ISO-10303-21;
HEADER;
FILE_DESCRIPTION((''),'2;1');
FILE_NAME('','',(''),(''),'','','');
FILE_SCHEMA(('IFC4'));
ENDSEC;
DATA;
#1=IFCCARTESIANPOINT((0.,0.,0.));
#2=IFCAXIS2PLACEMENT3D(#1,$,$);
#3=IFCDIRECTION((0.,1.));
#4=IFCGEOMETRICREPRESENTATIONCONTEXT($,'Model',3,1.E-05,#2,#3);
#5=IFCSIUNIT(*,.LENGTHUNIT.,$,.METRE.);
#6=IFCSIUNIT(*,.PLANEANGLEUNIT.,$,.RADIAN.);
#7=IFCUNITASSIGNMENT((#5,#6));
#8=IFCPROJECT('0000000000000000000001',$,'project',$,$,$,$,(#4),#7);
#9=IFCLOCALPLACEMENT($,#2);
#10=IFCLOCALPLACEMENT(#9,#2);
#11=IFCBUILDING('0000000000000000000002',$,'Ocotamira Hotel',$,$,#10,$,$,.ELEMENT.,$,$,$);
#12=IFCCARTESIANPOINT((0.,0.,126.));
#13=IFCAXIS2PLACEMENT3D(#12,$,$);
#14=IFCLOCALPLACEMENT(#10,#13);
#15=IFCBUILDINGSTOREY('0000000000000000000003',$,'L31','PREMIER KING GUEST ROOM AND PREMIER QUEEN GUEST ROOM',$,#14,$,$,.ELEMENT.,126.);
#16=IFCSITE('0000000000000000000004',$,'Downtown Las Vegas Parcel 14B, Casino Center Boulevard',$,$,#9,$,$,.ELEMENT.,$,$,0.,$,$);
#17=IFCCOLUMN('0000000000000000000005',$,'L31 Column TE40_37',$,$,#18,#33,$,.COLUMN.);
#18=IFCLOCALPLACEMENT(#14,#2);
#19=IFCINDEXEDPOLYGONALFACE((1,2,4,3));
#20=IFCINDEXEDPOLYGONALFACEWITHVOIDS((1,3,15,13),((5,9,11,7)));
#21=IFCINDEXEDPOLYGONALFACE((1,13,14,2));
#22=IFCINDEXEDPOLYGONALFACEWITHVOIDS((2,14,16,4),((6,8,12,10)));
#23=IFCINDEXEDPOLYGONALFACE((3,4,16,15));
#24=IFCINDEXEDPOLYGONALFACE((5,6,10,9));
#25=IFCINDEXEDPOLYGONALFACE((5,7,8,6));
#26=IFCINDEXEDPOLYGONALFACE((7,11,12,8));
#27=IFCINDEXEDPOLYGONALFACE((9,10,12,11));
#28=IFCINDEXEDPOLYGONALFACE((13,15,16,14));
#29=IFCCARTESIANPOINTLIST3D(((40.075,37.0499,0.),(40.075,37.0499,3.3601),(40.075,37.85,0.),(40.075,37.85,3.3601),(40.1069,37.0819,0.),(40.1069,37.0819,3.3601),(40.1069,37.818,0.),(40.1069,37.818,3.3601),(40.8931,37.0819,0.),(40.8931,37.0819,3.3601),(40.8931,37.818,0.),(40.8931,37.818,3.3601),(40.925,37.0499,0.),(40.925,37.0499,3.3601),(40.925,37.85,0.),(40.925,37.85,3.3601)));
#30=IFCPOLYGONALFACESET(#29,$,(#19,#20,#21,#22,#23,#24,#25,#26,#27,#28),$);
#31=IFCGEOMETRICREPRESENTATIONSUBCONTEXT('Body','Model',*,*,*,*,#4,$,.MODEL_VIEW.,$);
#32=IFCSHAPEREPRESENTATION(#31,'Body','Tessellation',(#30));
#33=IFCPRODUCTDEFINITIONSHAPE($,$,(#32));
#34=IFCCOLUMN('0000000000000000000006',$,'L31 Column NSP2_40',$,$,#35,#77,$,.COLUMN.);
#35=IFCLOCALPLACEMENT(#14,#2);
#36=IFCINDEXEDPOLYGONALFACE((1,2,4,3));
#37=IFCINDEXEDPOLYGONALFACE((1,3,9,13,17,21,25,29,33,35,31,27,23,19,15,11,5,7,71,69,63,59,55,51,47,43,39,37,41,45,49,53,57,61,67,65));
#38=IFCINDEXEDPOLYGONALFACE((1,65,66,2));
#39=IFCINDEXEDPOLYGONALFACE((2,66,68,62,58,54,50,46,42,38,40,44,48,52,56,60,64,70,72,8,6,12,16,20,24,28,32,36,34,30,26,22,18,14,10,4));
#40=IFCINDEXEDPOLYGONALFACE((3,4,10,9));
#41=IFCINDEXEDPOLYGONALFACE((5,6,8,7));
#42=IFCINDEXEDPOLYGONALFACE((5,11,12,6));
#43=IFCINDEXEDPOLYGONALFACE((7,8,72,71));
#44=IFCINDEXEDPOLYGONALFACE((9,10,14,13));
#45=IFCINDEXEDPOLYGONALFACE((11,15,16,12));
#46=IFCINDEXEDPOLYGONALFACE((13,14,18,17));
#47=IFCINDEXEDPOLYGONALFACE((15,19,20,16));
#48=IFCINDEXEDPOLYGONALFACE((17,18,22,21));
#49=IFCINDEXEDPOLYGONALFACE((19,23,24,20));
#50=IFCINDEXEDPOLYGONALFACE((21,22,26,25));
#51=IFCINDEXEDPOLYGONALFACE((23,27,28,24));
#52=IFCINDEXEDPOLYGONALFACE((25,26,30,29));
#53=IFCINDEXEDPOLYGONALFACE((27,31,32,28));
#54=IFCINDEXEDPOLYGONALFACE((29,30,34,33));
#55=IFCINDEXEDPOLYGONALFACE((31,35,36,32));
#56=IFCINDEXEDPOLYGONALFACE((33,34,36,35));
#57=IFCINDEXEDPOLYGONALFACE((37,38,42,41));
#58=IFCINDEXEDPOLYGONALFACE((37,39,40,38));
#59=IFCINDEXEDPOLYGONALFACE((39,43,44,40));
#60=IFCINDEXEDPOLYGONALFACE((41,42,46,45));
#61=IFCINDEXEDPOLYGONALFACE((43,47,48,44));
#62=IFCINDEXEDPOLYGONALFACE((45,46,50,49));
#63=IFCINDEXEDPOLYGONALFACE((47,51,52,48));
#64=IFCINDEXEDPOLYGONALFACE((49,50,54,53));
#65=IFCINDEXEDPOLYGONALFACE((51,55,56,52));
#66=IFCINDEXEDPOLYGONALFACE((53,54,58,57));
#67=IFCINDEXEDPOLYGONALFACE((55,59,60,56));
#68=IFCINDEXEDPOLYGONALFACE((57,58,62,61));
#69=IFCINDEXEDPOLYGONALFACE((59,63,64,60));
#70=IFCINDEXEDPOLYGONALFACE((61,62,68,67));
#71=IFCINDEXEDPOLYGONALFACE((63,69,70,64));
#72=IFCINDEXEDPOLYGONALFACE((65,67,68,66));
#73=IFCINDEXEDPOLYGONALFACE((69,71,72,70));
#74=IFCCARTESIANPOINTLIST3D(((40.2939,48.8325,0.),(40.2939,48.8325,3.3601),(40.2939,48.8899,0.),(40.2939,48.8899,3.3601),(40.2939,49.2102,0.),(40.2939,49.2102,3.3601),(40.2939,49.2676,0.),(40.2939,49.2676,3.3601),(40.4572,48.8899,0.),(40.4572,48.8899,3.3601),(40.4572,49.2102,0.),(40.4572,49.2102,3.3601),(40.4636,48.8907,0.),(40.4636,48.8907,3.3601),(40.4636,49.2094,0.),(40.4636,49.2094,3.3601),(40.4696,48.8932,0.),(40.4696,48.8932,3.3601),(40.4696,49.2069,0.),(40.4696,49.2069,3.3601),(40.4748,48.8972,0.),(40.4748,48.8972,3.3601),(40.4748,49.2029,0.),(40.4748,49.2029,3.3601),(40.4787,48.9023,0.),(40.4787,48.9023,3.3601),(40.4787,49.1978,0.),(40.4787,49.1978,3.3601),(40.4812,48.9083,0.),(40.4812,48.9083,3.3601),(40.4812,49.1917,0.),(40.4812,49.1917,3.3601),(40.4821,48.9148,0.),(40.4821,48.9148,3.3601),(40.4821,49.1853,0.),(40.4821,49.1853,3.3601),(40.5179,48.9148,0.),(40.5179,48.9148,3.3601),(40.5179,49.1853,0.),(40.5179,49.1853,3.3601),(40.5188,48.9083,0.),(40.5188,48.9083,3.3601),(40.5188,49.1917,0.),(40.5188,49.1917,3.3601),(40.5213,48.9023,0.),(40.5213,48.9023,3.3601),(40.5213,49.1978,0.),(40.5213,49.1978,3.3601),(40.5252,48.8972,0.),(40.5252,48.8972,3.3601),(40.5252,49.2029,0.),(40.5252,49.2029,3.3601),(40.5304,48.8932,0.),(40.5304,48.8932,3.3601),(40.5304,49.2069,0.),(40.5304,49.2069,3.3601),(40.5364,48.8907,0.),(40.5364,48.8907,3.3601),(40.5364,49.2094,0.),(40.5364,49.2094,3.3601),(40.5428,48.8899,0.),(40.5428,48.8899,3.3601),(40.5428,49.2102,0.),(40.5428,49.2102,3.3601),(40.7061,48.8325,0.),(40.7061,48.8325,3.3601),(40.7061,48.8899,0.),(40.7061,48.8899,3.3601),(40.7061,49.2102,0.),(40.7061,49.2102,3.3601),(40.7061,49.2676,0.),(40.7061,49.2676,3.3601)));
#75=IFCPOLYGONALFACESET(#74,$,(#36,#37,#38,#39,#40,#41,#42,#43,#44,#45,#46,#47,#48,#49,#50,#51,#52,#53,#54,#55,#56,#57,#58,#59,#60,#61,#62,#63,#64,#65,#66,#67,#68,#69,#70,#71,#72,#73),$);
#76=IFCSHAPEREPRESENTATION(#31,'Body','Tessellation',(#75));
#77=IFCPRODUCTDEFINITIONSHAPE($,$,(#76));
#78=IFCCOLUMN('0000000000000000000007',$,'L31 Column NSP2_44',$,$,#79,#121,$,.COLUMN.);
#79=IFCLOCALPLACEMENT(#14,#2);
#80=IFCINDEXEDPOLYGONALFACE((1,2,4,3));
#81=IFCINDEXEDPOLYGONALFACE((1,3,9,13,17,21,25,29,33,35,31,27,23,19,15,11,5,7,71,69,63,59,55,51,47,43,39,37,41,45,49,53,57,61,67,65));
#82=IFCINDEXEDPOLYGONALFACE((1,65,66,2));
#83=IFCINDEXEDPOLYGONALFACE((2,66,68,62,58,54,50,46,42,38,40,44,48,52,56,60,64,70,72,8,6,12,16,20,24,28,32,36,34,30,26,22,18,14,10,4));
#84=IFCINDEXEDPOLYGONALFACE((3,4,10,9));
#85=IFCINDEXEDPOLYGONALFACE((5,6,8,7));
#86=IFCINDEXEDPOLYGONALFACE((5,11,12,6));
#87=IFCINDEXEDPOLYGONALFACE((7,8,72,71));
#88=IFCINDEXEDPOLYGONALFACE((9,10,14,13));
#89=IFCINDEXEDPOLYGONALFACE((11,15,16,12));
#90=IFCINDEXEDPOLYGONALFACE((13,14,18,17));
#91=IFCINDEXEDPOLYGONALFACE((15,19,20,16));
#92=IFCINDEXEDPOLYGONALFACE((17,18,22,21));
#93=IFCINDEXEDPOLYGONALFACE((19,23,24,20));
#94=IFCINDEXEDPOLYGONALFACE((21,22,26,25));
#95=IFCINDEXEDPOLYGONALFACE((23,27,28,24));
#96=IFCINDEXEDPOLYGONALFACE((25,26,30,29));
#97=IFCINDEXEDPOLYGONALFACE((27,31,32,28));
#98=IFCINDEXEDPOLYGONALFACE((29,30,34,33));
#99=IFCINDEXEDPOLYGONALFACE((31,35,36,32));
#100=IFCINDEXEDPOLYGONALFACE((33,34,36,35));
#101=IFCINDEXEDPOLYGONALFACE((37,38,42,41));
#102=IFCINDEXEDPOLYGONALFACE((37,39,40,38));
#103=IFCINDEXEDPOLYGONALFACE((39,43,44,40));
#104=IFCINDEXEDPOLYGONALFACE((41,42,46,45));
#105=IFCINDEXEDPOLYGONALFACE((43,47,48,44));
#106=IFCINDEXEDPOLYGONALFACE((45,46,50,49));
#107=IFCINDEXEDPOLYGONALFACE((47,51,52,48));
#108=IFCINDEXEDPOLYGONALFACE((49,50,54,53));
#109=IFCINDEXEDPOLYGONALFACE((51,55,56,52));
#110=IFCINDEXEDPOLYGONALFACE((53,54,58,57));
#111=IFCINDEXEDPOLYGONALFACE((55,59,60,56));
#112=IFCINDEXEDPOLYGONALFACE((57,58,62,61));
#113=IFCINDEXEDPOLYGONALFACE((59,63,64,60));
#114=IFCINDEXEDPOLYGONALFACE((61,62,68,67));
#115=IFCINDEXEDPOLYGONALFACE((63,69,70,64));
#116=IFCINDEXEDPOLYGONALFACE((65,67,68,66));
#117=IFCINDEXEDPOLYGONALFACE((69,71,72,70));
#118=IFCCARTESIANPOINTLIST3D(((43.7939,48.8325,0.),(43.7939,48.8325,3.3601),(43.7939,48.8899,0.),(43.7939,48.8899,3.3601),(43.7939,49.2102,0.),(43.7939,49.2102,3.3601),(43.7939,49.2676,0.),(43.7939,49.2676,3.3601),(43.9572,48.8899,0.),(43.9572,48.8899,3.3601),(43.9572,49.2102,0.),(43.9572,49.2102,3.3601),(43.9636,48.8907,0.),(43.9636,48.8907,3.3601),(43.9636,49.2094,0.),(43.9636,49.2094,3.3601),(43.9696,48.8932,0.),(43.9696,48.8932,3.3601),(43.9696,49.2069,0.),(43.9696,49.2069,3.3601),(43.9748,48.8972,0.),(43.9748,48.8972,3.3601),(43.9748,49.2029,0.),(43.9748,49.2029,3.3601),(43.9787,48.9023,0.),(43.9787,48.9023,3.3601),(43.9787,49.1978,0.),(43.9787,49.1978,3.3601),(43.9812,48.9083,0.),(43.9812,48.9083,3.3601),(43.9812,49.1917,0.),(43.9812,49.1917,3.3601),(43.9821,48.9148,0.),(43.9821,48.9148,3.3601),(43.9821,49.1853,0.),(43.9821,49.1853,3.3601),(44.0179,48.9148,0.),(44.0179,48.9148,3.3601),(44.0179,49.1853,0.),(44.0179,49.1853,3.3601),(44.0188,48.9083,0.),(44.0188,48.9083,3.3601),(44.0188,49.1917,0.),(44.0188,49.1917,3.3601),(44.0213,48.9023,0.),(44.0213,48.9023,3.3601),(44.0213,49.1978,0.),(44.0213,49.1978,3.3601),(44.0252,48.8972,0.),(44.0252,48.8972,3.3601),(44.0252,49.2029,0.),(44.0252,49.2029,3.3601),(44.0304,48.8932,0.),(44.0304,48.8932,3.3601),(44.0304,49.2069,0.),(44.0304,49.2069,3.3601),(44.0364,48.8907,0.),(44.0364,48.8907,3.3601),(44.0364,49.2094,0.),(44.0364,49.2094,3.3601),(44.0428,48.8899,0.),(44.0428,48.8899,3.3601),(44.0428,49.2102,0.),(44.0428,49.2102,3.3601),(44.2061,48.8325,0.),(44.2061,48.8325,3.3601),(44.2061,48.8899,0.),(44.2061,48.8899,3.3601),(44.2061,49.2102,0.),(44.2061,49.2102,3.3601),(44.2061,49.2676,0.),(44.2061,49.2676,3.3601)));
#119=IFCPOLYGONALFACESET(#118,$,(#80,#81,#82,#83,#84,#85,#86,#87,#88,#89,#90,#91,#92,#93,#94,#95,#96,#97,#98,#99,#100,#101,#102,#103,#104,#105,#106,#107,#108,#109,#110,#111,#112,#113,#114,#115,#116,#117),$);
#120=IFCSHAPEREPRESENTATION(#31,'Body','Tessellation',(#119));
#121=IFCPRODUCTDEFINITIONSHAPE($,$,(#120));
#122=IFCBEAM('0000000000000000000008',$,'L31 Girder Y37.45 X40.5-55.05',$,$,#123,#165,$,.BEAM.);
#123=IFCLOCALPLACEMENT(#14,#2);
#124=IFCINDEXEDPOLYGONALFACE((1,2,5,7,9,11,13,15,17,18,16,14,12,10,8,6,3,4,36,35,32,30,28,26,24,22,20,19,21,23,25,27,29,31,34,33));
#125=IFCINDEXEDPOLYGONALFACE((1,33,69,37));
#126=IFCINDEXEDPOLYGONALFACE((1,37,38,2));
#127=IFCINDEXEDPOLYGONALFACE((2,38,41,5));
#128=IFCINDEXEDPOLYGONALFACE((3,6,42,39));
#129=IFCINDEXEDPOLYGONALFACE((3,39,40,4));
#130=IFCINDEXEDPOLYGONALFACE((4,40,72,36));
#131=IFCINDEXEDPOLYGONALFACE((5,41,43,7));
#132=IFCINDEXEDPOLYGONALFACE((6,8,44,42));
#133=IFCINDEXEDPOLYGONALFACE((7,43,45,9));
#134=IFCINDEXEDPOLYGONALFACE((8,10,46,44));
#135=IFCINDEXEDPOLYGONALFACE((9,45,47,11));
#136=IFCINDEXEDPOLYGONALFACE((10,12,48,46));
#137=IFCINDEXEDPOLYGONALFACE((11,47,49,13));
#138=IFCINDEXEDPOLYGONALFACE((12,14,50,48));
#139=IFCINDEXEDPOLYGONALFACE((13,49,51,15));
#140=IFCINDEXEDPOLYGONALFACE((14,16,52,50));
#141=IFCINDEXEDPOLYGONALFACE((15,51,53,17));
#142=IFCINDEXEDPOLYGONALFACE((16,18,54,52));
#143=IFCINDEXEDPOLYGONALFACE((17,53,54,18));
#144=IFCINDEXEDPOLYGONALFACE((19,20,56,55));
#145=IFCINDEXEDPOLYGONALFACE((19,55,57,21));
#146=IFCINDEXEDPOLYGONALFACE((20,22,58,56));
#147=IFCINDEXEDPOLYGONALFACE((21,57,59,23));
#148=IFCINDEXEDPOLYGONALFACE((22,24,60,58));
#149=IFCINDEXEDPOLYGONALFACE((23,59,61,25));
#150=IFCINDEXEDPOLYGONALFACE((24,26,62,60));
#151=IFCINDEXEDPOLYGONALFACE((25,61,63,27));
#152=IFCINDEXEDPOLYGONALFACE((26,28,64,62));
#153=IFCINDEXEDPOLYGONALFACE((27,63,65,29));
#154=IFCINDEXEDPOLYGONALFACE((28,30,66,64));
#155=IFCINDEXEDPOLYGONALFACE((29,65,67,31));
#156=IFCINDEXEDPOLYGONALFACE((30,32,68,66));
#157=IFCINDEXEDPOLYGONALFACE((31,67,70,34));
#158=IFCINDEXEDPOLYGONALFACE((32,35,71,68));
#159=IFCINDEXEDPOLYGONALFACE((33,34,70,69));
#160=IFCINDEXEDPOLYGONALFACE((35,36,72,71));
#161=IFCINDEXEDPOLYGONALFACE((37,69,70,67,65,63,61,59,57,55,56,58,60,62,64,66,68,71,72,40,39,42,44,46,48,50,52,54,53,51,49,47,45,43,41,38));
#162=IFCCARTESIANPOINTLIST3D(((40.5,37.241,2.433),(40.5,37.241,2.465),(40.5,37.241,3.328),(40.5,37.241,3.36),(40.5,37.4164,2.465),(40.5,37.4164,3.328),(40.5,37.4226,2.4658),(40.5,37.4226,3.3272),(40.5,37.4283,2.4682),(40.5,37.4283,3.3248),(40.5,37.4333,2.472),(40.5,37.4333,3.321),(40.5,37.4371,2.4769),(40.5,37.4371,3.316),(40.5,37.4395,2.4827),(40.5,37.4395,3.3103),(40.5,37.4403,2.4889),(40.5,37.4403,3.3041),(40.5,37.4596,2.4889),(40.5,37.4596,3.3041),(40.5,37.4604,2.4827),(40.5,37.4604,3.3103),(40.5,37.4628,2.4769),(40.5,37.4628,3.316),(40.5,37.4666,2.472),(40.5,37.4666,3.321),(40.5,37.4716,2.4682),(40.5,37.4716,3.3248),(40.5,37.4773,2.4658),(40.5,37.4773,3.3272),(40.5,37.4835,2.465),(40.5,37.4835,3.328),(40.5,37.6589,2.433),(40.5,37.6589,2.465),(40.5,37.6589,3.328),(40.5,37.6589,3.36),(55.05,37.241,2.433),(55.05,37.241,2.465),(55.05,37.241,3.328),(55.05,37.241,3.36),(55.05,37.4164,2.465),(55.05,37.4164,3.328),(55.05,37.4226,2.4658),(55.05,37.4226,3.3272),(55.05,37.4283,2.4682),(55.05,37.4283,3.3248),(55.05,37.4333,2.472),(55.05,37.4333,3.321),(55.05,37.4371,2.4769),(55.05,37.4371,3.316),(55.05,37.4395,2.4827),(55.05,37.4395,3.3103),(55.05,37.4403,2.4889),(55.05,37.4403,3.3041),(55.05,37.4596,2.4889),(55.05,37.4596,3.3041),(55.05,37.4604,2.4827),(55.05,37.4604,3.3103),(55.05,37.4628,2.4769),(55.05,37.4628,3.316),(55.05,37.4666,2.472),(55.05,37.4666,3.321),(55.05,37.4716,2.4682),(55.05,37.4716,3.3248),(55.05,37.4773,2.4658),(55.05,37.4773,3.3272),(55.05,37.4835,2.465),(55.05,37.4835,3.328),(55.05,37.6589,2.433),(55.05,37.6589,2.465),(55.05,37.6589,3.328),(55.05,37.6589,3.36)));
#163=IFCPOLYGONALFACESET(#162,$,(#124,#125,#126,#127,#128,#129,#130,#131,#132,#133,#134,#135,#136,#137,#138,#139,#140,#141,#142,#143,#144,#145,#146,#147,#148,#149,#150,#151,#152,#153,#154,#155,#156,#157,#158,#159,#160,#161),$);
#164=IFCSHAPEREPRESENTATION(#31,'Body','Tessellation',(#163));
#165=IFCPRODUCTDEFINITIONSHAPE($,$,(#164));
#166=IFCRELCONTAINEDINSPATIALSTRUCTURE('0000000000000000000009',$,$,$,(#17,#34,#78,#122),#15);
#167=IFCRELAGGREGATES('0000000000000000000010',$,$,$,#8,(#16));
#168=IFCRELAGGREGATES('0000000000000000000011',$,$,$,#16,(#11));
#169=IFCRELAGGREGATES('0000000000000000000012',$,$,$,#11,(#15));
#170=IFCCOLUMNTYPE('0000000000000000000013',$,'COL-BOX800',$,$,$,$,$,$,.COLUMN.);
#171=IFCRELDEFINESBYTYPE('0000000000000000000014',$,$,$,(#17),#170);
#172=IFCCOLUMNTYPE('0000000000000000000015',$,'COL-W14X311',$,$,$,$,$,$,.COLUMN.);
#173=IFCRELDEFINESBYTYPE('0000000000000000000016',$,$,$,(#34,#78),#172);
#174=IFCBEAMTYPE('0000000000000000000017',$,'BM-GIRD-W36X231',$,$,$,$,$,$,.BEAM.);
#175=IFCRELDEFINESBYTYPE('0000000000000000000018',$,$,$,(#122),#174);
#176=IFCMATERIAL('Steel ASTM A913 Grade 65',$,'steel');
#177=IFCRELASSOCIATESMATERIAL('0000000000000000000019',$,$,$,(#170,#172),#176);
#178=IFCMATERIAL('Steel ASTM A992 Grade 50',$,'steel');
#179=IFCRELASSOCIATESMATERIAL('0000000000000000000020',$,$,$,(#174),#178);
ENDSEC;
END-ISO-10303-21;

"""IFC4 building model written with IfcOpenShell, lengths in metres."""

from ifc_helpers import new_model, si_unit, direction, frame, origin, origin_2d, place, context, subcontext, project, spatial, hollow_rectangle, i_section, extrude, source, transform, mapped, material, material_profile, profile_set, type_object, element, save


model = new_model("IFC4")

# Units and contexts
model_context = context("Model", 3, precision=1e-05, world=origin(), true_north=direction((0.0, 1.0)))
body_context = subcontext(model_context, "Body", "Model", "MODEL_VIEW")
ifc_project = project(units=[si_unit("LENGTHUNIT", "METRE"), si_unit("PLANEANGLEUNIT", "RADIAN")], contexts=[model_context])

# Site, building, storey
site_placement = place(None, origin())
site = spatial("IfcSite", under=ifc_project, at=site_placement, Name="Downtown Las Vegas Parcel 14B, Casino Center Boulevard", CompositionType="ELEMENT", RefElevation=0.0)
building_placement = place(site_placement, origin())
building = spatial("IfcBuilding", under=site, at=building_placement, Name="Ocotamira Hotel", CompositionType="ELEMENT")
storey_placement = place(building_placement, frame((0.0, 0.0, 126.0)))
storey = spatial("IfcBuildingStorey", under=building, at=storey_placement, Name="L31", Description="PREMIER KING GUEST ROOM AND PREMIER QUEEN GUEST ROOM", CompositionType="ELEMENT", Elevation=126.0)

# Columns
ifc_material_1 = material(Name="Steel ASTM A913 Grade 65", Category="steel")
ifc_material_profile_1 = material_profile(ifc_material_1, hollow_rectangle(XDim=0.8501, YDim=0.8, WallThickness=0.032, at=origin_2d()), Name="BOX800X850X32")
ifc_profile_set_1 = profile_set([ifc_material_profile_1], Name="Steel ASTM A913 Grade 65")
column_type_1 = type_object("IfcColumnType", Name="COL-BOX800", PredefinedType="COLUMN", material=ifc_profile_set_1)
shared_shape_1 = source(origin(), body_context, "Body", "SweptSolid", [
    extrude(hollow_rectangle(XDim=0.8501, YDim=0.8, WallThickness=0.032, at=origin_2d()), origin(), (0.0, 0.0, 1.0), 3.3601),
])
column_placement = place(storey_placement, frame((40.5, 37.45, 0.0), z_axis=(0.0, 0.0, 1.0), x_axis=(1.0, 0.0, 0.0)))
element("IfcColumn", 1, at=column_placement, inside=storey, type_object=column_type_1, Name="L31 Column TE40_37", PredefinedType="COLUMN", context=body_context, shape_type="MappedRepresentation", body=[
    mapped(shared_shape_1, transform((0.0, 0.0, 0.0), scale=1.0)),
])
ifc_material_profile_2 = material_profile(ifc_material_1, i_section(OverallWidth=0.4121, OverallDepth=0.4351, WebThickness=0.0359, FlangeThickness=0.0574, FilletRadius=0.0249, at=origin_2d()), Name="W14X311")
ifc_profile_set_2 = profile_set([ifc_material_profile_2], Name="Steel ASTM A913 Grade 65")
column_type_2 = type_object("IfcColumnType", Name="COL-W14X311", PredefinedType="COLUMN", material=ifc_profile_set_2)
shared_shape_2 = source(origin(), body_context, "Body", "SweptSolid", [
    extrude(i_section(OverallWidth=0.4121, OverallDepth=0.4351, WebThickness=0.0359, FlangeThickness=0.0574, FilletRadius=0.0249, at=origin_2d()), origin(), (0.0, 0.0, 1.0), 3.3601),
])
for number, where, z_axis, x_axis, name in (
    (2, (40.5, 49.05, 0.0), (0.0, 0.0, 1.0), (1.0, 0.0, 0.0), "L31 Column NSP2_40"),
    (3, (44.0, 49.05, 0.0), (0.0, 0.0, 1.0), (1.0, 0.0, 0.0), "L31 Column NSP2_44"),
):
    element("IfcColumn", number, at=place(storey_placement, frame(where, z_axis=z_axis, x_axis=x_axis)), inside=storey, type_object=column_type_2, Name=name, PredefinedType="COLUMN", context=body_context, shape_type="MappedRepresentation", body=[
        mapped(shared_shape_2, transform((0.0, 0.0, 0.0), scale=1.0)),
    ])

# Beam
ifc_material_2 = material(Name="Steel ASTM A992 Grade 50", Category="steel")
ifc_material_profile_3 = material_profile(ifc_material_2, i_section(OverallWidth=0.418, OverallDepth=0.927, WebThickness=0.0193, FlangeThickness=0.032, FilletRadius=0.0239, at=origin_2d()), Name="W36X231")
ifc_profile_set_3 = profile_set([ifc_material_profile_3], Name="Steel ASTM A992 Grade 50")
beam_type_1 = type_object("IfcBeamType", Name="BM-GIRD-W36X231", PredefinedType="BEAM", material=ifc_profile_set_3)
shared_shape_3 = source(origin(), body_context, "Body", "SweptSolid", [
    extrude(i_section(OverallWidth=0.418, OverallDepth=0.927, WebThickness=0.0193, FlangeThickness=0.032, FilletRadius=0.0239, at=origin_2d()), origin(), (0.0, 0.0, 1.0), 14.55),
])
beam_1_placement = place(storey_placement, frame((40.5, 37.45, 2.8965), z_axis=(1.0, 0.0, 0.0), x_axis=(0.0, 1.0, 0.0)))
element("IfcBeam", 4, at=beam_1_placement, inside=storey, type_object=beam_type_1, Name="L31 Girder Y37.45 X40.5-55.05", PredefinedType="BEAM", context=body_context, shape_type="MappedRepresentation", body=[
    mapped(shared_shape_3, transform((0.0, 0.0, 0.0), scale=1.0)),
])

save(model, "model.ifc")
